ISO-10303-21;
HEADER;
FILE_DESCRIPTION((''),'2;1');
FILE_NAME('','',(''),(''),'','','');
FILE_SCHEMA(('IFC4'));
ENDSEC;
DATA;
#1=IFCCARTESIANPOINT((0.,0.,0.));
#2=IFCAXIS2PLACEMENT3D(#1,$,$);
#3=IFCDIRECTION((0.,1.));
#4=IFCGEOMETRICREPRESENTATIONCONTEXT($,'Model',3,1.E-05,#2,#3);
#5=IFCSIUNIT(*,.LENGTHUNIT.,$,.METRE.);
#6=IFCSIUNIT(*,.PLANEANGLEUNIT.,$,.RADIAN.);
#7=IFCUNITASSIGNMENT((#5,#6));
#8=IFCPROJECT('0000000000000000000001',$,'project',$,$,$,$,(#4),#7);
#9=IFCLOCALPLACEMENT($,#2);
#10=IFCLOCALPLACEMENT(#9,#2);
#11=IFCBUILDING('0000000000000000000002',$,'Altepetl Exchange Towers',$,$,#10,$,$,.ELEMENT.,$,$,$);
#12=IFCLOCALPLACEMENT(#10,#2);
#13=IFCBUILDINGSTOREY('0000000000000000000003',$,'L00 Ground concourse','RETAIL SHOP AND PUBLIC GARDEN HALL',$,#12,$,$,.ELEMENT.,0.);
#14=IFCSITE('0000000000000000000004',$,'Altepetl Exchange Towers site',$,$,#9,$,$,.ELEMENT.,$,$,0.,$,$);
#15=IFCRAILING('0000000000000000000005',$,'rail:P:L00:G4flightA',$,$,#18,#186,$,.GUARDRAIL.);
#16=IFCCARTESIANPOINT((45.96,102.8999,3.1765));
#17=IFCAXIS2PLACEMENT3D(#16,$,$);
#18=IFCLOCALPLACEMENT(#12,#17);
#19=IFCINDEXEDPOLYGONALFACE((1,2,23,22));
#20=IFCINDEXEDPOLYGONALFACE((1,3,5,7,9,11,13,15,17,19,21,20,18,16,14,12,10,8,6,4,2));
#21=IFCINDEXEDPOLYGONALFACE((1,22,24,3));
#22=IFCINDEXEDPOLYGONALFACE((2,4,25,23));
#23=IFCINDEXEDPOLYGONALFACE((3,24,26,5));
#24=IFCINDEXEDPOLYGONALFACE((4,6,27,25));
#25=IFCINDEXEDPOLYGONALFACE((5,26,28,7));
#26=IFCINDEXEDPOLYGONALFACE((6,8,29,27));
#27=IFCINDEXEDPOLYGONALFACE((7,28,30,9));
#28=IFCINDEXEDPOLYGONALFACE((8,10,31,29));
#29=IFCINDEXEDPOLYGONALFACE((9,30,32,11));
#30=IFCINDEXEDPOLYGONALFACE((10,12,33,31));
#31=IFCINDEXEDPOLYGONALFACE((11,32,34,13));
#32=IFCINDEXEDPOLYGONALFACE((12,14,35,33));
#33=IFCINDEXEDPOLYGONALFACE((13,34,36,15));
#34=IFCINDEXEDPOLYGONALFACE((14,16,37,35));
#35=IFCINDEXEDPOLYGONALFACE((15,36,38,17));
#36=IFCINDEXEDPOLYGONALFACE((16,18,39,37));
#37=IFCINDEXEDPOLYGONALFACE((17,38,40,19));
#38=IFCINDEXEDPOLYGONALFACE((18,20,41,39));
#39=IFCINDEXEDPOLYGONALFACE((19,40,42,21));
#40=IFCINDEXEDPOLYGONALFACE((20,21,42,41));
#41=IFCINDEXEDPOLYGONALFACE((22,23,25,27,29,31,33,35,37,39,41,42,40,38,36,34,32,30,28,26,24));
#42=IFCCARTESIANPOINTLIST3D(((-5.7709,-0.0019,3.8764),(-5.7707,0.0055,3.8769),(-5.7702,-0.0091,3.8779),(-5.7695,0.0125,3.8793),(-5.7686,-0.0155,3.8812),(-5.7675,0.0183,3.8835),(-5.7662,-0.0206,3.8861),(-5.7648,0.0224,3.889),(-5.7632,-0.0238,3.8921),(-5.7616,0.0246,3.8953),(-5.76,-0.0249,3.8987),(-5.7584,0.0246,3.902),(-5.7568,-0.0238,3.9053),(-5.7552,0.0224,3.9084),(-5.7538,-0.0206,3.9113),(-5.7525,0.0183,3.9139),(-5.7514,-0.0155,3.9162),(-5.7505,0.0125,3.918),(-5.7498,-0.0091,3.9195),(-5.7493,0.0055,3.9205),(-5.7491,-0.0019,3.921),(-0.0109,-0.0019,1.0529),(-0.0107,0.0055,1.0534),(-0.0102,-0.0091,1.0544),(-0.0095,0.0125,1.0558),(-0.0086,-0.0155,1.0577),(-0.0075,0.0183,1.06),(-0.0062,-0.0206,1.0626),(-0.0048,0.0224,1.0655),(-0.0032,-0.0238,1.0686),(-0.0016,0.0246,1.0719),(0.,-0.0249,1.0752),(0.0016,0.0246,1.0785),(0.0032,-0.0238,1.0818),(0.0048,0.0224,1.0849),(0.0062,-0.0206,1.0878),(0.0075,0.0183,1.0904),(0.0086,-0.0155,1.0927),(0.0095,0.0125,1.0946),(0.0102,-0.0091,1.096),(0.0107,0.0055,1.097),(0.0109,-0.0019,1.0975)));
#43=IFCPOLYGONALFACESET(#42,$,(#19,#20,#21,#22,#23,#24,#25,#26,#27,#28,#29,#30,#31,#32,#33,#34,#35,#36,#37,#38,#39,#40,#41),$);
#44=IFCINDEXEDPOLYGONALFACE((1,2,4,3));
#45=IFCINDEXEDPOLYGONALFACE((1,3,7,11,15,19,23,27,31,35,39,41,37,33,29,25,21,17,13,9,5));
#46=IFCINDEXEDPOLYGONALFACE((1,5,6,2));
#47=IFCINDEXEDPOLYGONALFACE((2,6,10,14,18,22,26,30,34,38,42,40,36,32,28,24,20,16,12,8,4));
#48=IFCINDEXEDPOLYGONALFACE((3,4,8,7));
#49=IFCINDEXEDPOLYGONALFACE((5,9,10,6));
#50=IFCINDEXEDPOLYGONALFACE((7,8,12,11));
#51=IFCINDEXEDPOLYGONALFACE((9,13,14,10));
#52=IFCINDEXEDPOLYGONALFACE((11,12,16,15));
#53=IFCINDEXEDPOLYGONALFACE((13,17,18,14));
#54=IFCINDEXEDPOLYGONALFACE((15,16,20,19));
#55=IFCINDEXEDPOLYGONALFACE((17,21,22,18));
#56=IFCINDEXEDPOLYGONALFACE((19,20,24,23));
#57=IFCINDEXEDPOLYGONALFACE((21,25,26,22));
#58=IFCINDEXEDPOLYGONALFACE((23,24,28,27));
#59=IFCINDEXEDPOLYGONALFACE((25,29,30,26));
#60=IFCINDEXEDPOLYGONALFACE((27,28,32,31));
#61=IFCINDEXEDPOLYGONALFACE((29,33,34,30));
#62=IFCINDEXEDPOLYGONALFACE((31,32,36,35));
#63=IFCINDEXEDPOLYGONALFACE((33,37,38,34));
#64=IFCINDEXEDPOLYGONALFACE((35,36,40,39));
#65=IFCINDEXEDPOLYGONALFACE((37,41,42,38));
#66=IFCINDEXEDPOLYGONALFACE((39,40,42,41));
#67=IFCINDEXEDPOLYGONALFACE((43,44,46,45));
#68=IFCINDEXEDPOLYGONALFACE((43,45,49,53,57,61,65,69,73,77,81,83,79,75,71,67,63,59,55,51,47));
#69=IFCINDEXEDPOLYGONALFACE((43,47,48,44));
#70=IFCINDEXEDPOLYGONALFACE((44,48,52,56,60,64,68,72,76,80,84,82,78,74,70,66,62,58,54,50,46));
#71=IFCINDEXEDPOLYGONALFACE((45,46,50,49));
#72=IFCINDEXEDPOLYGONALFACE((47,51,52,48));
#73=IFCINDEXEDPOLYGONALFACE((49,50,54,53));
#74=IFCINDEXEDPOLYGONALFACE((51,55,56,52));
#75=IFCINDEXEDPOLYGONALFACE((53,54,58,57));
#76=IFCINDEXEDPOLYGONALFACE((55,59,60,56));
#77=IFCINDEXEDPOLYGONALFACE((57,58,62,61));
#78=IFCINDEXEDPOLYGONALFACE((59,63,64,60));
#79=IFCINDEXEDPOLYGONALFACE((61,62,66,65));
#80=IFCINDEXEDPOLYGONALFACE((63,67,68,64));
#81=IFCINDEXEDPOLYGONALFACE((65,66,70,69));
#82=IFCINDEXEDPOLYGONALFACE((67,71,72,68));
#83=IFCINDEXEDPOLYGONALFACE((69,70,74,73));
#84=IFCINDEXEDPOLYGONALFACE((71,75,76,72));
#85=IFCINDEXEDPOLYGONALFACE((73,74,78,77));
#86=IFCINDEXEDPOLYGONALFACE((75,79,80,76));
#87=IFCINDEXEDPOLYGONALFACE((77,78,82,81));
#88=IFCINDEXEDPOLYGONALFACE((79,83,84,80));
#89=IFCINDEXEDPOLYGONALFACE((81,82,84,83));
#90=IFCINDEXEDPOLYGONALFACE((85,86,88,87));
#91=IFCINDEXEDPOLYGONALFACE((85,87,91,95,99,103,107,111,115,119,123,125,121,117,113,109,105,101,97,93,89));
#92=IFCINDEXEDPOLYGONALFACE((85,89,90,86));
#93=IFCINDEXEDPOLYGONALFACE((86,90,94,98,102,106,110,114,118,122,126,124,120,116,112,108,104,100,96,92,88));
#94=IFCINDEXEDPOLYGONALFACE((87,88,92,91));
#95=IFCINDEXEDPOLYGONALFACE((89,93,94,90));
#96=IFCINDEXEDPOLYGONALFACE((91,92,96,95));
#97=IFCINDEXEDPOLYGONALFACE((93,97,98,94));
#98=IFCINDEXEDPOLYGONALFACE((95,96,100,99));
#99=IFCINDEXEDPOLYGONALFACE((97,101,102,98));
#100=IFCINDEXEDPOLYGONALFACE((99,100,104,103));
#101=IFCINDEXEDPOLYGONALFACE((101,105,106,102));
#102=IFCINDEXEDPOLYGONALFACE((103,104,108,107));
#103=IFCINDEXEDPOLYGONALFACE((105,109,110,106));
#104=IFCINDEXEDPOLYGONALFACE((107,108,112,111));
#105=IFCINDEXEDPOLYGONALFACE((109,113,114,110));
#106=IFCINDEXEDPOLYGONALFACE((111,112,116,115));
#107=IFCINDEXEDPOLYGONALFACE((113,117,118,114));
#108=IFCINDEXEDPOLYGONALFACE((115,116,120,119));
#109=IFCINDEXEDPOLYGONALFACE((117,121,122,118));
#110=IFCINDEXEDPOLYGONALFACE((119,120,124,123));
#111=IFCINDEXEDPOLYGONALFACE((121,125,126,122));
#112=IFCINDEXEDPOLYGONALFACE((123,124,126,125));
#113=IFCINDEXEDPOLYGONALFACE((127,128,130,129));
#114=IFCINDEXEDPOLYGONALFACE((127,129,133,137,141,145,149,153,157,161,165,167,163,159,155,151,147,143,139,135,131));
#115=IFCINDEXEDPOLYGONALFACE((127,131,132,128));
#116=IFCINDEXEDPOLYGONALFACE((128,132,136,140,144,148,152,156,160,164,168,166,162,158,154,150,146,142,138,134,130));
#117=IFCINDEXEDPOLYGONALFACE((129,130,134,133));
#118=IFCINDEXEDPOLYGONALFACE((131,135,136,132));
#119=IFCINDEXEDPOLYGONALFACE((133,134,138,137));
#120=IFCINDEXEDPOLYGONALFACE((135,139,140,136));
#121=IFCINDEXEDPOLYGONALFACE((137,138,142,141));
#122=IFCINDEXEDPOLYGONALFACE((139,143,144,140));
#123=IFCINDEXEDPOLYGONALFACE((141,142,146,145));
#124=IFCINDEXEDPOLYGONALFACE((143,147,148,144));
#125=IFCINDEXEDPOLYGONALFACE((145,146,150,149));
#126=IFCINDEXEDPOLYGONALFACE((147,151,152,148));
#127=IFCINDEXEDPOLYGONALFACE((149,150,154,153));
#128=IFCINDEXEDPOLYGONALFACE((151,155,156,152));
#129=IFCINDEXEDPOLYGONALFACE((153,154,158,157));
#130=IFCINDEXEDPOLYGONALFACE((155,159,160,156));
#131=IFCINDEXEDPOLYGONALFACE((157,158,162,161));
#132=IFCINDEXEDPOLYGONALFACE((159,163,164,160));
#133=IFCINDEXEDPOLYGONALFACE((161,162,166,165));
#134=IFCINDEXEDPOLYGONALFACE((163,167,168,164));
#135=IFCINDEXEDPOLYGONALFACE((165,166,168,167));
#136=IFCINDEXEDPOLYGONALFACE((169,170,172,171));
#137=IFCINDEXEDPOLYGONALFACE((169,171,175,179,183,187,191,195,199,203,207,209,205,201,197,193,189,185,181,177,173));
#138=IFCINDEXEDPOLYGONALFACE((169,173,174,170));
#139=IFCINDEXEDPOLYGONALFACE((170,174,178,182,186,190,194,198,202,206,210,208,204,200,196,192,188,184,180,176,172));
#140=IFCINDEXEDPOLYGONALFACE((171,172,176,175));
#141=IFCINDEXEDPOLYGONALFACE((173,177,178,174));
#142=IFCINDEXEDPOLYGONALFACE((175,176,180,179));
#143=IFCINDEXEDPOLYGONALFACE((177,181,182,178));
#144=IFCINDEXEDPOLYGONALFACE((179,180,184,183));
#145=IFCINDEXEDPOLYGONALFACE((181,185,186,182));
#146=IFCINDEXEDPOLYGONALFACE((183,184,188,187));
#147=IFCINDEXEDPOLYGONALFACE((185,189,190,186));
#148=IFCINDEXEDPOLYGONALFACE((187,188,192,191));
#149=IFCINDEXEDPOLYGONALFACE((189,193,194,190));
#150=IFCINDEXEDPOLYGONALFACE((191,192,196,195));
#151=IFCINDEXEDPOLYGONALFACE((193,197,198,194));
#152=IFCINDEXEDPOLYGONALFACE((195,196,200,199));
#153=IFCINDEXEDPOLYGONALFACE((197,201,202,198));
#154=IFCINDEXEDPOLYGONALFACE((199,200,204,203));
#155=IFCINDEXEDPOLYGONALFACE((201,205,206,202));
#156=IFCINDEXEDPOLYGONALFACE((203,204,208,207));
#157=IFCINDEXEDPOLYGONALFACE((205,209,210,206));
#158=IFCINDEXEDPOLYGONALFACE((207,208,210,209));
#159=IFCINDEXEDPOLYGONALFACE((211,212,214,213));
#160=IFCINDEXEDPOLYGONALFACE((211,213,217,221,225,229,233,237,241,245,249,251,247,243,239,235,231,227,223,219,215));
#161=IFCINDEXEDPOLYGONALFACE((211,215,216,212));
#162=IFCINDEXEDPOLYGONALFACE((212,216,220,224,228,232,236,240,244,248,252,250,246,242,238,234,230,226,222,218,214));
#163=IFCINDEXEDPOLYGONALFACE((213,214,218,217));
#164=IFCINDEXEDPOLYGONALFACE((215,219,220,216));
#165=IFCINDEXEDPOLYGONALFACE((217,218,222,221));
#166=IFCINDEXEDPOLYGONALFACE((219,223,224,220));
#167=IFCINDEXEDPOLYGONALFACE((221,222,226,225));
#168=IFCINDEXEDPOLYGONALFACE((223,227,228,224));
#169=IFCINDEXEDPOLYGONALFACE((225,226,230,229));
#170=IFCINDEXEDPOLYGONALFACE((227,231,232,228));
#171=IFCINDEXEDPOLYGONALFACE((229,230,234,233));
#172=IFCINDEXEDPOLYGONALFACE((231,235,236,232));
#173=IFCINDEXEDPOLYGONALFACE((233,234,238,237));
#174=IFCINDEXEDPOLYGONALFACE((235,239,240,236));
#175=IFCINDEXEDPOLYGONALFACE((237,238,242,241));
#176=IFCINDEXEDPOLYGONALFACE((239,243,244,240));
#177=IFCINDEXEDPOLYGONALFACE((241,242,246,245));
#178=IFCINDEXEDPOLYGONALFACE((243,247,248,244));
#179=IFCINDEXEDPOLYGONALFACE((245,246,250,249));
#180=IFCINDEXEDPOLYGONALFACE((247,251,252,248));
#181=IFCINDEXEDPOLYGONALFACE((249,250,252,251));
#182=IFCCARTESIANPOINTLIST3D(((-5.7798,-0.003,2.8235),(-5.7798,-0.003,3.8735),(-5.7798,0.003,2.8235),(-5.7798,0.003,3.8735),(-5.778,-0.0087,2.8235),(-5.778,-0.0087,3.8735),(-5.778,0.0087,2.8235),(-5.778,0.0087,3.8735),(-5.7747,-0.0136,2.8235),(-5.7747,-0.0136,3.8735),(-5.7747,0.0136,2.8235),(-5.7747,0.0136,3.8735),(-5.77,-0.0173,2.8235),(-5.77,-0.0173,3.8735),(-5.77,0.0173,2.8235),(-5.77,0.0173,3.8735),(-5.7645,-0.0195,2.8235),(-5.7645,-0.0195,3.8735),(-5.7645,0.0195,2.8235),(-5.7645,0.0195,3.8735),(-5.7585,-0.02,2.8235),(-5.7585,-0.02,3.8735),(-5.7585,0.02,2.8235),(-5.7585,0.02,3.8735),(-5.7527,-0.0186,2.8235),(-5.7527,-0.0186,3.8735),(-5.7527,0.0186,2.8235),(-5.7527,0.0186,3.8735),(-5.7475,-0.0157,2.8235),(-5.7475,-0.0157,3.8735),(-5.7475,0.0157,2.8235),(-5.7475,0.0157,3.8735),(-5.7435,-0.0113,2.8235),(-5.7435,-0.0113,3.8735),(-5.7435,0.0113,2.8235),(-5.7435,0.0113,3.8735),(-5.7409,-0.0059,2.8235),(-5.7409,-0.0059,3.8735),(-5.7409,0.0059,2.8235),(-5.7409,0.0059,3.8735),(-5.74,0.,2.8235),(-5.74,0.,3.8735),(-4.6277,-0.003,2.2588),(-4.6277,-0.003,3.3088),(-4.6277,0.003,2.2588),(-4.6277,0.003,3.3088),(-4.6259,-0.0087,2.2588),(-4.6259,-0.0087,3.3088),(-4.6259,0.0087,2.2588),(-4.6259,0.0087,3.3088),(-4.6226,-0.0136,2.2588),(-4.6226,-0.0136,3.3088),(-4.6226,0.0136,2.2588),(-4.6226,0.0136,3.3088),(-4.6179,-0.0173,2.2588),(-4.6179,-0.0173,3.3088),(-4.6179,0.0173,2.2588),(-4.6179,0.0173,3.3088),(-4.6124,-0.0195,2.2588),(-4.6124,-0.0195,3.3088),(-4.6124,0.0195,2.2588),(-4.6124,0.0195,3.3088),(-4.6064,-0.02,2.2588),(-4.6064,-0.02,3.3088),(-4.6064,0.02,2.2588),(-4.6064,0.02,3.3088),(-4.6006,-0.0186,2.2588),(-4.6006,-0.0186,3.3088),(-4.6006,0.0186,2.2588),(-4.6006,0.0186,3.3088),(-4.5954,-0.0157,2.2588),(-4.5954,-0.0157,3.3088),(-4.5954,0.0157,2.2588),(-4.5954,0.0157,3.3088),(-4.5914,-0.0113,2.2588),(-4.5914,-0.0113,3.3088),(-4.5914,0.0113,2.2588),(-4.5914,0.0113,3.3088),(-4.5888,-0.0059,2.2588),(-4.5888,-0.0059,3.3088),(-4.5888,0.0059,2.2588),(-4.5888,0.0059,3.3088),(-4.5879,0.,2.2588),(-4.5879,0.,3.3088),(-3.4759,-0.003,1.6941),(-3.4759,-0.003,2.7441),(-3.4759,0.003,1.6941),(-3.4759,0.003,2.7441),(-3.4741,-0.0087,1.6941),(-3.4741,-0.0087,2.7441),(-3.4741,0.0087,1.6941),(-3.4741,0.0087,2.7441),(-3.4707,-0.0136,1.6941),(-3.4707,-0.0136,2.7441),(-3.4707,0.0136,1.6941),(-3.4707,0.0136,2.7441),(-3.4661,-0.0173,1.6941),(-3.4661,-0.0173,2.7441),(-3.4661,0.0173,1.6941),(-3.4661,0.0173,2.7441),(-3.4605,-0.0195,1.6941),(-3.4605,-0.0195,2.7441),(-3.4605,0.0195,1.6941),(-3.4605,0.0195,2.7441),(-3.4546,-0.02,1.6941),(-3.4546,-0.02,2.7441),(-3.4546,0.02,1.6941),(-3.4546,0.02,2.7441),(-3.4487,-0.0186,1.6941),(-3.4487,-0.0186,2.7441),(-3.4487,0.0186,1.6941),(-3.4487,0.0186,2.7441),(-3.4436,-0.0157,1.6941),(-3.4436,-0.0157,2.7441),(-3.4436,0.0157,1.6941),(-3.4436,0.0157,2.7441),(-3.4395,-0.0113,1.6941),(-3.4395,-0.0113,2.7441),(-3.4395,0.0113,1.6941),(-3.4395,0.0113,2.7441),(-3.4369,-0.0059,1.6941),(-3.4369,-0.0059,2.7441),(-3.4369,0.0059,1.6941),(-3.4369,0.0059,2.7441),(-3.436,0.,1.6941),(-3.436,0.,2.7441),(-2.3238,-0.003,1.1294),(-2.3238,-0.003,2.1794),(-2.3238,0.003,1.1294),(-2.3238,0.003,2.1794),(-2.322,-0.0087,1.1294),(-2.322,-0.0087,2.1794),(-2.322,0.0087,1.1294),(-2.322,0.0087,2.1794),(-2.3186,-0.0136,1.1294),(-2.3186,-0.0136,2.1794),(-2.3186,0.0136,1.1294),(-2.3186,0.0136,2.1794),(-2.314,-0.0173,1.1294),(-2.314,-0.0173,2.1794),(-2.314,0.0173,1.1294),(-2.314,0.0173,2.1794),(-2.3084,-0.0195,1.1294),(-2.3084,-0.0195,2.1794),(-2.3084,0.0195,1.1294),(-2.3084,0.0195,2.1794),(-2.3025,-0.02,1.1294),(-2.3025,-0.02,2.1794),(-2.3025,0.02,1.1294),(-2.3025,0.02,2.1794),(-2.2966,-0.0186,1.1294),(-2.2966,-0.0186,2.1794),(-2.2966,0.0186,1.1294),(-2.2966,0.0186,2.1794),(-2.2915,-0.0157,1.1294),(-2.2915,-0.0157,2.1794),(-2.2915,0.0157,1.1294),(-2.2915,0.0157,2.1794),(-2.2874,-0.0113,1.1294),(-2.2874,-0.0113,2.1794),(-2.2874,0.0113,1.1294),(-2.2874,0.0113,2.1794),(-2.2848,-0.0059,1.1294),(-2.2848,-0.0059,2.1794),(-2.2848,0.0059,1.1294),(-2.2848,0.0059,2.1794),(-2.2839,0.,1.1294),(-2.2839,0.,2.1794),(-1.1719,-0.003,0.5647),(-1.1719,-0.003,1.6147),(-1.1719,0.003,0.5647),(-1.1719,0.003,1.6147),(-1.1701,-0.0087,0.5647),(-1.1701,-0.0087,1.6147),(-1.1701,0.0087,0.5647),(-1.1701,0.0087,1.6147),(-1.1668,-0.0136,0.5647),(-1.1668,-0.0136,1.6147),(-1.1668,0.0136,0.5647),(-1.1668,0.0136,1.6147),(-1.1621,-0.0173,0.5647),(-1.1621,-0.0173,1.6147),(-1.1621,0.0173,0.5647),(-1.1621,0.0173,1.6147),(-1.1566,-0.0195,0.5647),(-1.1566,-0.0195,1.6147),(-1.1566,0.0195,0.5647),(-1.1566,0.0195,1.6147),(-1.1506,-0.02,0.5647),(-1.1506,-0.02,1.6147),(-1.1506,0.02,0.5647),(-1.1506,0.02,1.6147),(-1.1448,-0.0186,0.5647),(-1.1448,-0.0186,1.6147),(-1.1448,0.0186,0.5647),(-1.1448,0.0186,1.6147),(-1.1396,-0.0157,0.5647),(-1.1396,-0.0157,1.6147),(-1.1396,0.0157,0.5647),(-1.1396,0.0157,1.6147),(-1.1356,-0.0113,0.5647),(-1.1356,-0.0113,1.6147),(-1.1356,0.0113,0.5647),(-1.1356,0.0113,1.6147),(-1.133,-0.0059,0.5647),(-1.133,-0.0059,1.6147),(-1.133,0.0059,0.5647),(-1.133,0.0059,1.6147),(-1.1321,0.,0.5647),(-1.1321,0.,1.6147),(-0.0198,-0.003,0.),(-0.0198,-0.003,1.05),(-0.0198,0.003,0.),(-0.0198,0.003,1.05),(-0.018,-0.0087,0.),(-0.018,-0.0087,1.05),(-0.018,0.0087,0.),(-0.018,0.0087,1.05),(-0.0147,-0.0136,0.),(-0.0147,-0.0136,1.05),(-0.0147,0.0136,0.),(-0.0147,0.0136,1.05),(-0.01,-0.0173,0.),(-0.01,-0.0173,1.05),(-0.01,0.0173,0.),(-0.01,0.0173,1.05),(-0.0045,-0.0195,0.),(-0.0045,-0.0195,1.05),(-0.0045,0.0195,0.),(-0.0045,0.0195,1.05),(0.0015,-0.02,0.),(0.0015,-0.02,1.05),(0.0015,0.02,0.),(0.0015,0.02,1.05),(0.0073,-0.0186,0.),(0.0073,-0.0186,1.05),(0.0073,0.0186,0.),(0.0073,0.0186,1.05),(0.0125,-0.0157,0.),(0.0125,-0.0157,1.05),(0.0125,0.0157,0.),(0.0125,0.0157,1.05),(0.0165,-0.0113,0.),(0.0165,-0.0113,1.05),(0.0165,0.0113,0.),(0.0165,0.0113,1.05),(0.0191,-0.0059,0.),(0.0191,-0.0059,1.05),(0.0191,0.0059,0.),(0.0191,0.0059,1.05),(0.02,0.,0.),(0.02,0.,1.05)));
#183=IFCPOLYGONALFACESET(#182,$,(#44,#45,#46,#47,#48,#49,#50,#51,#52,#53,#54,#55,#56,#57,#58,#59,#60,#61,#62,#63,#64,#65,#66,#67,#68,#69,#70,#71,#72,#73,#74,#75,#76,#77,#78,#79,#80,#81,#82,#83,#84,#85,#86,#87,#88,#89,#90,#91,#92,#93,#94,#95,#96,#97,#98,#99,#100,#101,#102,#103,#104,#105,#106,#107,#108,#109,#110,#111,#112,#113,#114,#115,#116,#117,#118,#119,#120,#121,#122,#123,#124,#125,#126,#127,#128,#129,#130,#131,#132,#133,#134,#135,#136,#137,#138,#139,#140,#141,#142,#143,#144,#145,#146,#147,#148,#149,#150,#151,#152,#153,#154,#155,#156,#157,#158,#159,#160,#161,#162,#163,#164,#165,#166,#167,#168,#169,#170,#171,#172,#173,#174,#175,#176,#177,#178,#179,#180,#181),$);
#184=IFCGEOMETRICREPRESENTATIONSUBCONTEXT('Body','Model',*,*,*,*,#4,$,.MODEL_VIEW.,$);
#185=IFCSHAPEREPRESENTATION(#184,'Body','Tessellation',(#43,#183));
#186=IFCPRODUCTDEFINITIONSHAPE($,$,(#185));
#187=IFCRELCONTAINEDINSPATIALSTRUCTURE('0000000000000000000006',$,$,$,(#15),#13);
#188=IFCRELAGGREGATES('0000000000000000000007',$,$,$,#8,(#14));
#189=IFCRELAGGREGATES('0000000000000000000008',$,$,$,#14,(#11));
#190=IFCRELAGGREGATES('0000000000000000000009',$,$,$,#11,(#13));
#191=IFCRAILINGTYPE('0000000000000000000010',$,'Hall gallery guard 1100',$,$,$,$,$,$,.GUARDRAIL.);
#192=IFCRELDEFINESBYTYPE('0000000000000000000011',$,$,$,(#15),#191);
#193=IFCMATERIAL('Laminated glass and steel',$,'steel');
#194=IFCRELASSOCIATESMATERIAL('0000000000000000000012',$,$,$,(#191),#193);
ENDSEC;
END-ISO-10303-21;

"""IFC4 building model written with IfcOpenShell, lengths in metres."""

from ifc_helpers import new_model, si_unit, direction, frame, origin, origin_2d, place, context, subcontext, project, spatial, circle, extrude, source, transform, mapped, material, type_object, element, save


model = new_model("IFC4")

# Units and contexts
model_context = context("Model", 3, precision=1e-05, world=origin(), true_north=direction((0.0, 1.0)))
body_context = subcontext(model_context, "Body", "Model", "MODEL_VIEW")
ifc_project = project(units=[si_unit("LENGTHUNIT", "METRE"), si_unit("PLANEANGLEUNIT", "RADIAN")], contexts=[model_context])

# Site, building, storey
site_placement = place(None, origin())
site = spatial("IfcSite", under=ifc_project, at=site_placement, Name="Altepetl Exchange Towers site", CompositionType="ELEMENT", RefElevation=0.0)
building_placement = place(site_placement, origin())
building = spatial("IfcBuilding", under=site, at=building_placement, Name="Altepetl Exchange Towers", CompositionType="ELEMENT")
storey_placement = place(building_placement, origin())
storey = spatial("IfcBuildingStorey", under=building, at=storey_placement, Name="L00 Ground concourse", Description="RETAIL SHOP AND PUBLIC GARDEN HALL", CompositionType="ELEMENT", Elevation=0.0)

# Railing
ifc_material_1 = material(Name="Laminated glass and steel", Category="steel")
railing_type_1 = type_object("IfcRailingType", Name="Hall gallery guard 1100", PredefinedType="GUARDRAIL", material=ifc_material_1)
shared_shape_1 = source(origin(), body_context, "Body", "SweptSolid", [
    extrude(circle(Radius=0.02, at=origin_2d()), origin(), (0.0, 0.0, 1.0), 1.05),
])
for number, where, name in (
    (1, (45.96, 102.8999, 3.1765), "rail:P:L00:G4flightA"),
):
    element("IfcRailing", number, at=place(storey_placement, frame(where)), inside=storey, type_object=railing_type_1, Name=name, PredefinedType="GUARDRAIL", context=body_context, shape_type="SweptSolid", body=[
        extrude(circle(Radius=0.0249, at=origin_2d()), frame((0.0, 0.0, 1.0752), z_axis=(-0.897924, 0.0, 0.440151), x_axis=(0.0, -1.0, 0.0)), (0.0, 0.0, 1.0), 6.4148),
        mapped(shared_shape_1, transform((0.0, 0.0, 0.0))),
        mapped(shared_shape_1, transform((-1.1521, 0.0, 0.5647))),
        mapped(shared_shape_1, transform((-2.304, 0.0, 1.1294))),
        mapped(shared_shape_1, transform((-3.4561, 0.0, 1.6941))),
        mapped(shared_shape_1, transform((-4.6079, 0.0, 2.2588))),
        mapped(shared_shape_1, transform((-5.76, 0.0, 2.8235))),
    ])

save(model, "model.ifc")
